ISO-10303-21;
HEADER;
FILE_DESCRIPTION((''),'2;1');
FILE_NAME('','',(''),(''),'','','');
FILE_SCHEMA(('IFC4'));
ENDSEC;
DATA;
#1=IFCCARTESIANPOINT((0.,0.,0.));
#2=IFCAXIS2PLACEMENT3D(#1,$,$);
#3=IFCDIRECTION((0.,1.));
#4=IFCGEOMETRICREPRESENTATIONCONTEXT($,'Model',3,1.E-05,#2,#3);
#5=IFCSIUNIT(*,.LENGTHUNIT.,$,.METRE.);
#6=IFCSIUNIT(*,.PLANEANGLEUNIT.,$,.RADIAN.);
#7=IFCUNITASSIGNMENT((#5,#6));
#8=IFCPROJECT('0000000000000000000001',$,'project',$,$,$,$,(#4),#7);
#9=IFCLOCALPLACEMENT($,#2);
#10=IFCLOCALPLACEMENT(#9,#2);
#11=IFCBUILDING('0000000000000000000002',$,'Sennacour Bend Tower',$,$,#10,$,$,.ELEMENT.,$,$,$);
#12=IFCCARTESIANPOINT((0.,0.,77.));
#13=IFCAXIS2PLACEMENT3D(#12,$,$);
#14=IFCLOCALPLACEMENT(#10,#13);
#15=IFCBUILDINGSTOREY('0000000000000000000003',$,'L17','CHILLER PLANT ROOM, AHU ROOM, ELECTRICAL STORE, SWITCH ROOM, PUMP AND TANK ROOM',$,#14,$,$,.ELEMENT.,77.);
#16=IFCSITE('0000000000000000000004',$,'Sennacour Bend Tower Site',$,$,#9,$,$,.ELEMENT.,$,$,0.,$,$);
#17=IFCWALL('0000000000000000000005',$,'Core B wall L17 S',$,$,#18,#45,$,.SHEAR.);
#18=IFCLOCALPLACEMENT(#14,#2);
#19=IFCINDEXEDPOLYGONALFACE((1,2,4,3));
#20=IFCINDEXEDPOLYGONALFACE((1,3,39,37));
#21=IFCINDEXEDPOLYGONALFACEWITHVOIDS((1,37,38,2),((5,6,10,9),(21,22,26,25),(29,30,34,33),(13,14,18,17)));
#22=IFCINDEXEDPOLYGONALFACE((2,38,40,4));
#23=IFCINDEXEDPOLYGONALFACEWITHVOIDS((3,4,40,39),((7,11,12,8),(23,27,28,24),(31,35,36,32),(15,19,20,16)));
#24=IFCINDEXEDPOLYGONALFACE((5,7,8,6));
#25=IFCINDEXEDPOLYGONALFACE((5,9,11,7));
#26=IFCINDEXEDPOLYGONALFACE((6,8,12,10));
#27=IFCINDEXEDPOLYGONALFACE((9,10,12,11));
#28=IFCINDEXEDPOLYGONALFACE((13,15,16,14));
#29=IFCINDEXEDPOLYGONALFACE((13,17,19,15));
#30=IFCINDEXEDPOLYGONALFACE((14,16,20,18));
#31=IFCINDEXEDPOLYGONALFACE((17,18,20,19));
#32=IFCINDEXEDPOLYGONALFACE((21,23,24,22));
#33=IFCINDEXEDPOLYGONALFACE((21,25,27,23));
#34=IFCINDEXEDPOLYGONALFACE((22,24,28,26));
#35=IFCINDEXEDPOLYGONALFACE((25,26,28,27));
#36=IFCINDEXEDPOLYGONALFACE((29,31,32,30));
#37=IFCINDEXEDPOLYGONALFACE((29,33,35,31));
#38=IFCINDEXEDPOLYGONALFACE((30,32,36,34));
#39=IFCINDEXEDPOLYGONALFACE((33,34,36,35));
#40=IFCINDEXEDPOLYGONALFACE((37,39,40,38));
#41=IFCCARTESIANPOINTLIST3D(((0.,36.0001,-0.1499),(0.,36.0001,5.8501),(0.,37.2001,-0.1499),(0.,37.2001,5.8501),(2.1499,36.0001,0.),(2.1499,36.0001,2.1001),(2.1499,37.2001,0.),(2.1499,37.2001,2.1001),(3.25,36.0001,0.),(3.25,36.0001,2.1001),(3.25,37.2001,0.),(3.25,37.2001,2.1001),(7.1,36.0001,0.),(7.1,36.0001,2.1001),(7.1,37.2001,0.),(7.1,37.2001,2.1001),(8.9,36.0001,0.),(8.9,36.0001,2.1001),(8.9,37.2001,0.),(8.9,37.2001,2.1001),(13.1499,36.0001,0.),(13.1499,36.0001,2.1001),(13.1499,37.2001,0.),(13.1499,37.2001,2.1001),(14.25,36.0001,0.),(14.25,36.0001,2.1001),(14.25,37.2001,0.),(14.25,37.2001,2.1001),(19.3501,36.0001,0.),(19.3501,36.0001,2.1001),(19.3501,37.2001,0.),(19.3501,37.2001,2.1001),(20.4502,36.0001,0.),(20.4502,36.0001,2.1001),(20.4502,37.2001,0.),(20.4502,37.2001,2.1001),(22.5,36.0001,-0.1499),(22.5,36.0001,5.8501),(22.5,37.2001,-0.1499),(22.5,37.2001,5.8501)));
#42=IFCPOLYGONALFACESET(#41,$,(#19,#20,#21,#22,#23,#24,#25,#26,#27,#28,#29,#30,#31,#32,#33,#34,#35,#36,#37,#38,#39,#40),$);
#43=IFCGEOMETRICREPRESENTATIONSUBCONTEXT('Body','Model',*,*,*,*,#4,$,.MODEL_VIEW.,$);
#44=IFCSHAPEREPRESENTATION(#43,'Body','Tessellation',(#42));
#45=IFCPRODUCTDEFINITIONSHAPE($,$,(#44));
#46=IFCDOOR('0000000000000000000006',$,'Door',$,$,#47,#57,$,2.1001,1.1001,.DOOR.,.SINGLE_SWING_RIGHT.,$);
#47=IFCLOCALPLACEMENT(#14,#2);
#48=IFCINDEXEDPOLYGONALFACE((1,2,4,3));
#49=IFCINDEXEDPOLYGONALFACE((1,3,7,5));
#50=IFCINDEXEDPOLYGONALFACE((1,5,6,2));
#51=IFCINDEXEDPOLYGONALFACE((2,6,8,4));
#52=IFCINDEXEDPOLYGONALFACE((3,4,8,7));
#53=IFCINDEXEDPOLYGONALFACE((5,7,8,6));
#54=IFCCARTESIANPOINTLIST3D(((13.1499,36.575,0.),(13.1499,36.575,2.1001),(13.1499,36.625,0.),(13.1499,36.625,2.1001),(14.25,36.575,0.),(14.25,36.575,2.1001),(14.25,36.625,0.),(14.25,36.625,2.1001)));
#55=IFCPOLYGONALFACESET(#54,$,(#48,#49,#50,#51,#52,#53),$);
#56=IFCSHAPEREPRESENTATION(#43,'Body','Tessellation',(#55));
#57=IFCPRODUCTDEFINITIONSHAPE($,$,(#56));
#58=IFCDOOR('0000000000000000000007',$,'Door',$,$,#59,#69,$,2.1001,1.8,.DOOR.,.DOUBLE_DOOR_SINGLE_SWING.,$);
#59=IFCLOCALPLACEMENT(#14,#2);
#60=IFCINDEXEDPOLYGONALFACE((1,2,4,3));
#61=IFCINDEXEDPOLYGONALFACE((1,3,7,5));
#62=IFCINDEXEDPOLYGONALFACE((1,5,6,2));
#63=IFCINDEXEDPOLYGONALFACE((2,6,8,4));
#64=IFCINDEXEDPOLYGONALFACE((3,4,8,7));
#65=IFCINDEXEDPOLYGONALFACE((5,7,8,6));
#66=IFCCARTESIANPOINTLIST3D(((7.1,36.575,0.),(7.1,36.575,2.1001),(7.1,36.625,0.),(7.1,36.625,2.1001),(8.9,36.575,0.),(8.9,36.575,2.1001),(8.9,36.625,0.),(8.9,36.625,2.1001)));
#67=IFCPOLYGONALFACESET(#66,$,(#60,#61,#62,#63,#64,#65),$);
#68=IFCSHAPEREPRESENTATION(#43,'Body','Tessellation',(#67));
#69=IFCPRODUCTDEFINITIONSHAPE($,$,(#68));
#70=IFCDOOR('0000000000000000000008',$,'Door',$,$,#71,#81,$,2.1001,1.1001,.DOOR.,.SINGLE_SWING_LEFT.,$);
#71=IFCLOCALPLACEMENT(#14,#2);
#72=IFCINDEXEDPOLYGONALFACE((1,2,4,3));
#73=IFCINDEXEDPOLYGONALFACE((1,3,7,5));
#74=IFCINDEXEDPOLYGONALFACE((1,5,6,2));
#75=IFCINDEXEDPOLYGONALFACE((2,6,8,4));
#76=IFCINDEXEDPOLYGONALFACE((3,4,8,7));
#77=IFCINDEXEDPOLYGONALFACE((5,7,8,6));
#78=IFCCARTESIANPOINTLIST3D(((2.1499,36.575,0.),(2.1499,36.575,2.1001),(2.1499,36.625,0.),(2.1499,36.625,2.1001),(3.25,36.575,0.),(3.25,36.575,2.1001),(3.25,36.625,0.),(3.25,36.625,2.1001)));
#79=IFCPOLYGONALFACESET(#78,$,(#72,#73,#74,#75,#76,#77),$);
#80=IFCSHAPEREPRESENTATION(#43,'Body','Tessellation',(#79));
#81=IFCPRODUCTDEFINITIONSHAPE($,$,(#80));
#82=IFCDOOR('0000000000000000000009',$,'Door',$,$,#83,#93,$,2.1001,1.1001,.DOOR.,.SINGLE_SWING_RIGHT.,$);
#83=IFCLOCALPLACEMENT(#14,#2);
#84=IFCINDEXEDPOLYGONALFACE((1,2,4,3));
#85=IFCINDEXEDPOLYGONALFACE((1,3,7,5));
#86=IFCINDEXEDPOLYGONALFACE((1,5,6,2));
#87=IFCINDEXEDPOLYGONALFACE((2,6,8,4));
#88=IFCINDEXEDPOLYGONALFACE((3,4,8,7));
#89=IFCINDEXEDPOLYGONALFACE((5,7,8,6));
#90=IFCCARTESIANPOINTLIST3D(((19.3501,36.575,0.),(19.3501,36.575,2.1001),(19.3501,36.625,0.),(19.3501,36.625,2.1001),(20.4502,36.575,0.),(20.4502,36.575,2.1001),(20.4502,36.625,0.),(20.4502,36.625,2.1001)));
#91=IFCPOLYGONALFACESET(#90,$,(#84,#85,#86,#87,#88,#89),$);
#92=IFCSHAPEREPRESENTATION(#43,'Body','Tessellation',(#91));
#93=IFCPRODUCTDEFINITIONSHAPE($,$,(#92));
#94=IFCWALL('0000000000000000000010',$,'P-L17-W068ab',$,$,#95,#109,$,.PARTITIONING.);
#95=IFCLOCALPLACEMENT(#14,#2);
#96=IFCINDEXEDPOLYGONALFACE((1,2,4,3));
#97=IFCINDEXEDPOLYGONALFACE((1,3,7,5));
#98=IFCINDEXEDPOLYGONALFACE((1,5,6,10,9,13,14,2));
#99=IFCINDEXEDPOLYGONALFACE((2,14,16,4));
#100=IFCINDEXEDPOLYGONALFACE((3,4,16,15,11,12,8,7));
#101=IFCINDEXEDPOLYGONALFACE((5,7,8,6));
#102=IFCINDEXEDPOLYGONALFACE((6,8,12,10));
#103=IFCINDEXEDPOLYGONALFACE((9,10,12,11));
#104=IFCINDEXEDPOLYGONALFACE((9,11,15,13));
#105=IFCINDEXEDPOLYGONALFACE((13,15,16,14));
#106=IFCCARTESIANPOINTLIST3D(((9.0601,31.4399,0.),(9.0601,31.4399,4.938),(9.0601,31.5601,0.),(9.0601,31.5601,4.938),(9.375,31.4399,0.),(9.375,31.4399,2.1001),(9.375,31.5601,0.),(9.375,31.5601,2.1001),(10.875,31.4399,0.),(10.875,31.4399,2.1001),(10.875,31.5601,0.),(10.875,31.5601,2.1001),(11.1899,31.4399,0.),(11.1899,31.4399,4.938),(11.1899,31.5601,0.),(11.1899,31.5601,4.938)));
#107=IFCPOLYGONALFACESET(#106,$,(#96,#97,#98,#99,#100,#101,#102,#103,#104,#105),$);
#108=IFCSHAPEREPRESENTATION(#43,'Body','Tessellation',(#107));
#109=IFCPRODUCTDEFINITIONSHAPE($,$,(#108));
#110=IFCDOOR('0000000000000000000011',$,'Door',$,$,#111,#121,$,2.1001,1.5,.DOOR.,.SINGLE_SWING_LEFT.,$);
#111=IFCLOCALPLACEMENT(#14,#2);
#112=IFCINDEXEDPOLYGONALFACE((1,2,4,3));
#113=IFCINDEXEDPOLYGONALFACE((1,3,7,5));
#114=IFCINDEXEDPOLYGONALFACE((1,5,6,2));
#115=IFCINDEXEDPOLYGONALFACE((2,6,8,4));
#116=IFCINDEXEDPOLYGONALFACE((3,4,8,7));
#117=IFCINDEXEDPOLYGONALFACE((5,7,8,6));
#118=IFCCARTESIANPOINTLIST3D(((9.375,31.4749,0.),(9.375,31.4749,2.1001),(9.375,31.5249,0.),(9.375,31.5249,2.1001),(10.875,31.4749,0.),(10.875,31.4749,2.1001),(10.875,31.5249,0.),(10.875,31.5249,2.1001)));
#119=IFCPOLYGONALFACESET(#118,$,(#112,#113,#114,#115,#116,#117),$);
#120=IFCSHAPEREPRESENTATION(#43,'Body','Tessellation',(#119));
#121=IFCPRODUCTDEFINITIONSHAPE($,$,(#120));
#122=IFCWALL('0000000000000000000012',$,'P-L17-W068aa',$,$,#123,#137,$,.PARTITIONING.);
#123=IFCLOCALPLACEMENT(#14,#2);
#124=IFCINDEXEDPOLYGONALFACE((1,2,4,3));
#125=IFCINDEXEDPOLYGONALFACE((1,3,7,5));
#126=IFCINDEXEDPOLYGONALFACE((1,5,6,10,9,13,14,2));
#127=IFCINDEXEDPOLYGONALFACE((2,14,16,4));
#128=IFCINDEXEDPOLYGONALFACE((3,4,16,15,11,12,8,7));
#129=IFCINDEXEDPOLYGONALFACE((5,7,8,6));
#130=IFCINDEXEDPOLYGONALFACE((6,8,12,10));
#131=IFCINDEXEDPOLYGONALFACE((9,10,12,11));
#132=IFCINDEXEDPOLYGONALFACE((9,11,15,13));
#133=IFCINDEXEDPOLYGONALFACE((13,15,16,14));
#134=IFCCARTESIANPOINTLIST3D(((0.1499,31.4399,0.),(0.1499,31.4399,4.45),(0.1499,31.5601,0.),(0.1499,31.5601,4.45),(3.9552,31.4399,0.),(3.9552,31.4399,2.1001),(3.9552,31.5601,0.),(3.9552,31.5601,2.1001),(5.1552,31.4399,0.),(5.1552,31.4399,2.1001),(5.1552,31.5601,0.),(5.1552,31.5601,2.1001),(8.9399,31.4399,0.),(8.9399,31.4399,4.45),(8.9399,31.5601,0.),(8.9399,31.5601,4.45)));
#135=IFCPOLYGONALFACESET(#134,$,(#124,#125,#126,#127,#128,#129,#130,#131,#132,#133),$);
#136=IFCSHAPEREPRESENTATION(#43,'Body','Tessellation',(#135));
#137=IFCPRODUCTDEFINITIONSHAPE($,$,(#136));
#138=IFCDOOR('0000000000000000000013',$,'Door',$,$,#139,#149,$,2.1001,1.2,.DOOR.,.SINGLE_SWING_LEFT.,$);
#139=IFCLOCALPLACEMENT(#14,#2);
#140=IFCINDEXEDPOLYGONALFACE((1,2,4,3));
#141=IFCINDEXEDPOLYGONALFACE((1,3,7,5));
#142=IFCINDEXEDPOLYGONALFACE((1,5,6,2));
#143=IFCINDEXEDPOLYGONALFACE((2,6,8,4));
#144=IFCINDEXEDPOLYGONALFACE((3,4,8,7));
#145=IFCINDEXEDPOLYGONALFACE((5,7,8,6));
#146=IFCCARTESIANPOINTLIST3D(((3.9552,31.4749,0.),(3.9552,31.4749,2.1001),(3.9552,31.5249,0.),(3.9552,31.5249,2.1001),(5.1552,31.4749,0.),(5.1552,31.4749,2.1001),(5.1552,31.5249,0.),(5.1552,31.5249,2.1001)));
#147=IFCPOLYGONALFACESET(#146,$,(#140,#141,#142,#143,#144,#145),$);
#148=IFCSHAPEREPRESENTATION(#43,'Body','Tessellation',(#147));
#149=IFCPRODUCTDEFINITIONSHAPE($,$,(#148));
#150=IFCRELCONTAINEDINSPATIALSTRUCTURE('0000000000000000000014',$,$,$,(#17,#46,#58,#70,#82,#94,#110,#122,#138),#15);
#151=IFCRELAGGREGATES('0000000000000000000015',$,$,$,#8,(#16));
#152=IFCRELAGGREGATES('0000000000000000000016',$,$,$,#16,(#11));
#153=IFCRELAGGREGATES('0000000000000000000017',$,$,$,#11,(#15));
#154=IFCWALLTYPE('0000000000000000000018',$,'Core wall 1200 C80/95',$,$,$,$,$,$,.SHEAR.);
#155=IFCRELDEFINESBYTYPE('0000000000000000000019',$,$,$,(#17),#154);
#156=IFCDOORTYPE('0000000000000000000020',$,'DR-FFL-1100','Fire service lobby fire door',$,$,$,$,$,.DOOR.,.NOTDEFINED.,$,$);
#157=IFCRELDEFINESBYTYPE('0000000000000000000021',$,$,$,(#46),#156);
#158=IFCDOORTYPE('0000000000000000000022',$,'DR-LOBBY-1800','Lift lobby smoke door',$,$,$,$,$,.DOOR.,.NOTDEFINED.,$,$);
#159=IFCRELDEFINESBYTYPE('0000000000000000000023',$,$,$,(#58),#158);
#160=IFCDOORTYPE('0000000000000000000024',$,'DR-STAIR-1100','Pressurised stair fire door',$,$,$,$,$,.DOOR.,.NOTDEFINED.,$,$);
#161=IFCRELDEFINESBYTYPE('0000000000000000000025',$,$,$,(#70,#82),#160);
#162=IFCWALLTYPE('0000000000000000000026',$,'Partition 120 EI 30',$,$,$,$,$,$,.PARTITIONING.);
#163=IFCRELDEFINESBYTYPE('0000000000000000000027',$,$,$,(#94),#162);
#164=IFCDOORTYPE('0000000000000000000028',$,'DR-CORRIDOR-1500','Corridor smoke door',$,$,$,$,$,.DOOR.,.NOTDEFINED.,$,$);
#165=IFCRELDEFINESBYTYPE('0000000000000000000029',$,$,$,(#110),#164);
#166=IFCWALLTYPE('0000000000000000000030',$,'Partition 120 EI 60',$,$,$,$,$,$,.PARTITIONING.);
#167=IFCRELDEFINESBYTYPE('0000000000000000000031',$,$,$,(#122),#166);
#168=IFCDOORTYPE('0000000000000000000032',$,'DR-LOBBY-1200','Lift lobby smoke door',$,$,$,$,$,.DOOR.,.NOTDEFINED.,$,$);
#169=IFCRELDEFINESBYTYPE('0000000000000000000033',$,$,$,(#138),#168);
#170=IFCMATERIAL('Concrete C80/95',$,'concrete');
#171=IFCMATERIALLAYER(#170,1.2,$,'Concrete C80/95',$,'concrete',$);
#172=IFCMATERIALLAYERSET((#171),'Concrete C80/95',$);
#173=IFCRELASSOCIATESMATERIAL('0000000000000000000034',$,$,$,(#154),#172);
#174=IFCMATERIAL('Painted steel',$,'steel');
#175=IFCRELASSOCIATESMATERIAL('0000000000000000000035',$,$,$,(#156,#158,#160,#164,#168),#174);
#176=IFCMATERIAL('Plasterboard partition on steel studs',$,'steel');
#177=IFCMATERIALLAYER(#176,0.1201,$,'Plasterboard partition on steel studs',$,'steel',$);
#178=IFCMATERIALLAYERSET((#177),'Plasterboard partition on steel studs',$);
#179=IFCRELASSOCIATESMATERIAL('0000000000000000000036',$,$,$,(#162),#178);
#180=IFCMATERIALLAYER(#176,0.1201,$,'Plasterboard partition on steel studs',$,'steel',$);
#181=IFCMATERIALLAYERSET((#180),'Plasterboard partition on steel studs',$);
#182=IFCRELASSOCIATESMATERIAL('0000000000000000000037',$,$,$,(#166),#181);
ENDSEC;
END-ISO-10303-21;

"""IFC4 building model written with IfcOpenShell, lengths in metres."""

from ifc_helpers import new_model, si_unit, direction, frame, frame_2d, origin, place, context, subcontext, project, spatial, rectangle, extrude, material, layer, layer_set, type_object, element, fill, save


model = new_model("IFC4")

# Units and contexts
model_context = context("Model", 3, precision=1e-05, world=origin(), true_north=direction((0.0, 1.0)))
body_context = subcontext(model_context, "Body", "Model", "MODEL_VIEW")
ifc_project = project(units=[si_unit("LENGTHUNIT", "METRE"), si_unit("PLANEANGLEUNIT", "RADIAN")], contexts=[model_context])

# Site, building, storey
site_placement = place(None, origin())
site = spatial("IfcSite", under=ifc_project, at=site_placement, Name="Sennacour Bend Tower Site", CompositionType="ELEMENT", RefElevation=0.0)
building_placement = place(site_placement, origin())
building = spatial("IfcBuilding", under=site, at=building_placement, Name="Sennacour Bend Tower", CompositionType="ELEMENT")
storey_placement = place(building_placement, frame((0.0, 0.0, 77.0)))
storey = spatial("IfcBuildingStorey", under=building, at=storey_placement, Name="L17", Description="CHILLER PLANT ROOM, AHU ROOM, ELECTRICAL STORE, SWITCH ROOM, PUMP AND TANK ROOM", CompositionType="ELEMENT", Elevation=77.0)

# Wall, openings, doors
ifc_material_1 = material(Name="Concrete C80/95", Category="concrete")
ifc_layer_1 = layer(ifc_material_1, 1.2, Name="Concrete C80/95", Category="concrete")
ifc_layer_set_1 = layer_set([ifc_layer_1], Name="Concrete C80/95")
wall_type_1 = type_object("IfcWallType", Name="Core wall 1200 C80/95", PredefinedType="SHEAR", material=ifc_layer_set_1)
wall_1_placement = place(storey_placement, frame((0.0, 36.6001, -0.1499), z_axis=(0.0, 0.0, 1.0), x_axis=(1.0, 0.0, 0.0)))
wall_1 = element("IfcWall", 1, at=wall_1_placement, inside=storey, type_object=wall_type_1, Name="Core B wall L17 S", PredefinedType="SHEAR", context=body_context, shape_type="SweptSolid", body=[
    extrude(rectangle(XDim=22.5, YDim=1.2, at=frame_2d((11.25, 0.0))), origin(), (0.0, 0.0, 1.0), 6.0),
])
opening_1_placement = place(wall_1_placement, frame((7.1001, 0.0, 0.1499)))
opening_1 = element("IfcOpeningElement", 2, at=opening_1_placement, cuts=wall_1, PredefinedType="OPENING", context=body_context, shape_type="SweptSolid", body=[
    extrude(rectangle(XDim=1.8, YDim=2.1001, at=frame_2d((0.8999, 1.05))), frame((0.0, 0.6099, 0.0), z_axis=(0.0, -1.0, 0.0), x_axis=(1.0, 0.0, 0.0)), (0.0, 0.0, 1.0), 1.22),
])
opening_2_placement = place(wall_1_placement, frame((13.1499, 0.0, 0.1499)))
opening_2 = element("IfcOpeningElement", 3, at=opening_2_placement, cuts=wall_1, PredefinedType="OPENING", context=body_context, shape_type="SweptSolid", body=[
    extrude(rectangle(XDim=1.1001, YDim=2.1001, at=frame_2d((0.55, 1.05))), frame((0.0, 0.6099, 0.0), z_axis=(0.0, -1.0, 0.0), x_axis=(1.0, 0.0, 0.0)), (0.0, 0.0, 1.0), 1.22),
])
opening_3_placement = place(wall_1_placement, frame((2.1499, 0.0, 0.1499)))
opening_3 = element("IfcOpeningElement", 4, at=opening_3_placement, cuts=wall_1, PredefinedType="OPENING", context=body_context, shape_type="SweptSolid", body=[
    extrude(rectangle(XDim=1.1001, YDim=2.1001, at=frame_2d((0.55, 1.05))), frame((0.0, 0.6099, 0.0), z_axis=(0.0, -1.0, 0.0), x_axis=(1.0, 0.0, 0.0)), (0.0, 0.0, 1.0), 1.22),
])
opening_4_placement = place(wall_1_placement, frame((19.3501, 0.0, 0.1499)))
opening_4 = element("IfcOpeningElement", 5, at=opening_4_placement, cuts=wall_1, PredefinedType="OPENING", context=body_context, shape_type="SweptSolid", body=[
    extrude(rectangle(XDim=1.1001, YDim=2.1001, at=frame_2d((0.55, 1.05))), frame((0.0, 0.6099, 0.0), z_axis=(0.0, -1.0, 0.0), x_axis=(1.0, 0.0, 0.0)), (0.0, 0.0, 1.0), 1.22),
])
ifc_material_2 = material(Name="Painted steel", Category="steel")
door_type_1 = type_object("IfcDoorType", Name="DR-FFL-1100", Description="Fire service lobby fire door", OperationType="NOTDEFINED", PredefinedType="DOOR", material=ifc_material_2)
door_1_placement = place(opening_2_placement, origin())
door_1 = element("IfcDoor", 6, at=door_1_placement, inside=storey, type_object=door_type_1, Name="Door", OperationType="SINGLE_SWING_RIGHT", OverallHeight=2.1001, OverallWidth=1.1001, PredefinedType="DOOR", context=body_context, shape_type="SweptSolid", body=[
    extrude(rectangle(XDim=1.1001, YDim=2.1001, at=frame_2d((0.55, 1.05))), frame((0.0, 0.0249, 0.0), z_axis=(0.0, -1.0, 0.0), x_axis=(1.0, 0.0, 0.0)), (0.0, 0.0, 1.0), 0.05),
])
fill(opening_2, door_1)
door_type_2 = type_object("IfcDoorType", Name="DR-LOBBY-1800", Description="Lift lobby smoke door", OperationType="NOTDEFINED", PredefinedType="DOOR", material=ifc_material_2)
door_2_placement = place(opening_1_placement, origin())
door_2 = element("IfcDoor", 7, at=door_2_placement, inside=storey, type_object=door_type_2, Name="Door", OperationType="DOUBLE_DOOR_SINGLE_SWING", OverallHeight=2.1001, OverallWidth=1.8, PredefinedType="DOOR", context=body_context, shape_type="SweptSolid", body=[
    extrude(rectangle(XDim=1.8, YDim=2.1001, at=frame_2d((0.8999, 1.05))), frame((0.0, 0.0249, 0.0), z_axis=(0.0, -1.0, 0.0), x_axis=(1.0, 0.0, 0.0)), (0.0, 0.0, 1.0), 0.05),
])
fill(opening_1, door_2)
door_type_3 = type_object("IfcDoorType", Name="DR-STAIR-1100", Description="Pressurised stair fire door", OperationType="NOTDEFINED", PredefinedType="DOOR", material=ifc_material_2)
door_3_placement = place(opening_3_placement, origin())
door_3 = element("IfcDoor", 8, at=door_3_placement, inside=storey, type_object=door_type_3, Name="Door", OperationType="SINGLE_SWING_LEFT", OverallHeight=2.1001, OverallWidth=1.1001, PredefinedType="DOOR", context=body_context, shape_type="SweptSolid", body=[
    extrude(rectangle(XDim=1.1001, YDim=2.1001, at=frame_2d((0.55, 1.05))), frame((0.0, 0.0249, 0.0), z_axis=(0.0, -1.0, 0.0), x_axis=(1.0, 0.0, 0.0)), (0.0, 0.0, 1.0), 0.05),
])
fill(opening_3, door_3)
door_4_placement = place(opening_4_placement, origin())
door_4 = element("IfcDoor", 9, at=door_4_placement, inside=storey, type_object=door_type_3, Name="Door", OperationType="SINGLE_SWING_RIGHT", OverallHeight=2.1001, OverallWidth=1.1001, PredefinedType="DOOR", context=body_context, shape_type="SweptSolid", body=[
    extrude(rectangle(XDim=1.1001, YDim=2.1001, at=frame_2d((0.55, 1.05))), frame((0.0, 0.0249, 0.0), z_axis=(0.0, -1.0, 0.0), x_axis=(1.0, 0.0, 0.0)), (0.0, 0.0, 1.0), 0.05),
])
fill(opening_4, door_4)

# Walls, openings, doors
ifc_material_3 = material(Name="Plasterboard partition on steel studs", Category="steel")
ifc_layer_2 = layer(ifc_material_3, 0.1201, Name="Plasterboard partition on steel studs", Category="steel")
ifc_layer_set_2 = layer_set([ifc_layer_2], Name="Plasterboard partition on steel studs")
wall_type_2 = type_object("IfcWallType", Name="Partition 120 EI 30", PredefinedType="PARTITIONING", material=ifc_layer_set_2)
wall_2_placement = place(storey_placement, frame((9.0601, 31.5, 0.0), z_axis=(0.0, 0.0, 1.0), x_axis=(1.0, 0.0, 0.0)))
wall_2 = element("IfcWall", 10, at=wall_2_placement, inside=storey, type_object=wall_type_2, Name="P-L17-W068ab", PredefinedType="PARTITIONING", context=body_context, shape_type="SweptSolid", body=[
    extrude(rectangle(XDim=2.1299, YDim=0.1201, at=frame_2d((1.0649, 0.0))), origin(), (0.0, 0.0, 1.0), 4.938),
])
opening_5_placement = place(wall_2_placement, frame((0.3149, 0.0, 0.0)))
opening_5 = element("IfcOpeningElement", 11, at=opening_5_placement, cuts=wall_2, PredefinedType="OPENING", context=body_context, shape_type="SweptSolid", body=[
    extrude(rectangle(XDim=1.5, YDim=2.1001, at=frame_2d((0.75, 1.05))), frame((0.0, 0.0701, 0.0), z_axis=(0.0, -1.0, 0.0), x_axis=(1.0, 0.0, 0.0)), (0.0, 0.0, 1.0), 0.1401),
])
door_type_4 = type_object("IfcDoorType", Name="DR-CORRIDOR-1500", Description="Corridor smoke door", OperationType="NOTDEFINED", PredefinedType="DOOR", material=ifc_material_2)
door_5_placement = place(opening_5_placement, origin())
door_5 = element("IfcDoor", 12, at=door_5_placement, inside=storey, type_object=door_type_4, Name="Door", OperationType="SINGLE_SWING_LEFT", OverallHeight=2.1001, OverallWidth=1.5, PredefinedType="DOOR", context=body_context, shape_type="SweptSolid", body=[
    extrude(rectangle(XDim=1.5, YDim=2.1001, at=frame_2d((0.75, 1.05))), frame((0.0, 0.0249, 0.0), z_axis=(0.0, -1.0, 0.0), x_axis=(1.0, 0.0, 0.0)), (0.0, 0.0, 1.0), 0.05),
])
fill(opening_5, door_5)
ifc_layer_3 = layer(ifc_material_3, 0.1201, Name="Plasterboard partition on steel studs", Category="steel")
ifc_layer_set_3 = layer_set([ifc_layer_3], Name="Plasterboard partition on steel studs")
wall_type_3 = type_object("IfcWallType", Name="Partition 120 EI 60", PredefinedType="PARTITIONING", material=ifc_layer_set_3)
wall_3_placement = place(storey_placement, frame((0.1499, 31.5, 0.0), z_axis=(0.0, 0.0, 1.0), x_axis=(1.0, 0.0, 0.0)))
wall_3 = element("IfcWall", 13, at=wall_3_placement, inside=storey, type_object=wall_type_3, Name="P-L17-W068aa", PredefinedType="PARTITIONING", context=body_context, shape_type="SweptSolid", body=[
    extrude(rectangle(XDim=8.79, YDim=0.1201, at=frame_2d((4.395, 0.0))), origin(), (0.0, 0.0, 1.0), 4.45),
])
opening_6_placement = place(wall_3_placement, frame((3.8052, 0.0, 0.0)))
opening_6 = element("IfcOpeningElement", 14, at=opening_6_placement, cuts=wall_3, PredefinedType="OPENING", context=body_context, shape_type="SweptSolid", body=[
    extrude(rectangle(XDim=1.2, YDim=2.1001, at=frame_2d((0.6001, 1.05))), frame((0.0, 0.0701, 0.0), z_axis=(0.0, -1.0, 0.0), x_axis=(1.0, 0.0, 0.0)), (0.0, 0.0, 1.0), 0.1401),
])
door_type_5 = type_object("IfcDoorType", Name="DR-LOBBY-1200", Description="Lift lobby smoke door", OperationType="NOTDEFINED", PredefinedType="DOOR", material=ifc_material_2)
door_6_placement = place(opening_6_placement, origin())
door_6 = element("IfcDoor", 15, at=door_6_placement, inside=storey, type_object=door_type_5, Name="Door", OperationType="SINGLE_SWING_LEFT", OverallHeight=2.1001, OverallWidth=1.2, PredefinedType="DOOR", context=body_context, shape_type="SweptSolid", body=[
    extrude(rectangle(XDim=1.2, YDim=2.1001, at=frame_2d((0.6001, 1.05))), frame((0.0, 0.0249, 0.0), z_axis=(0.0, -1.0, 0.0), x_axis=(1.0, 0.0, 0.0)), (0.0, 0.0, 1.0), 0.05),
])
fill(opening_6, door_6)

save(model, "model.ifc")
